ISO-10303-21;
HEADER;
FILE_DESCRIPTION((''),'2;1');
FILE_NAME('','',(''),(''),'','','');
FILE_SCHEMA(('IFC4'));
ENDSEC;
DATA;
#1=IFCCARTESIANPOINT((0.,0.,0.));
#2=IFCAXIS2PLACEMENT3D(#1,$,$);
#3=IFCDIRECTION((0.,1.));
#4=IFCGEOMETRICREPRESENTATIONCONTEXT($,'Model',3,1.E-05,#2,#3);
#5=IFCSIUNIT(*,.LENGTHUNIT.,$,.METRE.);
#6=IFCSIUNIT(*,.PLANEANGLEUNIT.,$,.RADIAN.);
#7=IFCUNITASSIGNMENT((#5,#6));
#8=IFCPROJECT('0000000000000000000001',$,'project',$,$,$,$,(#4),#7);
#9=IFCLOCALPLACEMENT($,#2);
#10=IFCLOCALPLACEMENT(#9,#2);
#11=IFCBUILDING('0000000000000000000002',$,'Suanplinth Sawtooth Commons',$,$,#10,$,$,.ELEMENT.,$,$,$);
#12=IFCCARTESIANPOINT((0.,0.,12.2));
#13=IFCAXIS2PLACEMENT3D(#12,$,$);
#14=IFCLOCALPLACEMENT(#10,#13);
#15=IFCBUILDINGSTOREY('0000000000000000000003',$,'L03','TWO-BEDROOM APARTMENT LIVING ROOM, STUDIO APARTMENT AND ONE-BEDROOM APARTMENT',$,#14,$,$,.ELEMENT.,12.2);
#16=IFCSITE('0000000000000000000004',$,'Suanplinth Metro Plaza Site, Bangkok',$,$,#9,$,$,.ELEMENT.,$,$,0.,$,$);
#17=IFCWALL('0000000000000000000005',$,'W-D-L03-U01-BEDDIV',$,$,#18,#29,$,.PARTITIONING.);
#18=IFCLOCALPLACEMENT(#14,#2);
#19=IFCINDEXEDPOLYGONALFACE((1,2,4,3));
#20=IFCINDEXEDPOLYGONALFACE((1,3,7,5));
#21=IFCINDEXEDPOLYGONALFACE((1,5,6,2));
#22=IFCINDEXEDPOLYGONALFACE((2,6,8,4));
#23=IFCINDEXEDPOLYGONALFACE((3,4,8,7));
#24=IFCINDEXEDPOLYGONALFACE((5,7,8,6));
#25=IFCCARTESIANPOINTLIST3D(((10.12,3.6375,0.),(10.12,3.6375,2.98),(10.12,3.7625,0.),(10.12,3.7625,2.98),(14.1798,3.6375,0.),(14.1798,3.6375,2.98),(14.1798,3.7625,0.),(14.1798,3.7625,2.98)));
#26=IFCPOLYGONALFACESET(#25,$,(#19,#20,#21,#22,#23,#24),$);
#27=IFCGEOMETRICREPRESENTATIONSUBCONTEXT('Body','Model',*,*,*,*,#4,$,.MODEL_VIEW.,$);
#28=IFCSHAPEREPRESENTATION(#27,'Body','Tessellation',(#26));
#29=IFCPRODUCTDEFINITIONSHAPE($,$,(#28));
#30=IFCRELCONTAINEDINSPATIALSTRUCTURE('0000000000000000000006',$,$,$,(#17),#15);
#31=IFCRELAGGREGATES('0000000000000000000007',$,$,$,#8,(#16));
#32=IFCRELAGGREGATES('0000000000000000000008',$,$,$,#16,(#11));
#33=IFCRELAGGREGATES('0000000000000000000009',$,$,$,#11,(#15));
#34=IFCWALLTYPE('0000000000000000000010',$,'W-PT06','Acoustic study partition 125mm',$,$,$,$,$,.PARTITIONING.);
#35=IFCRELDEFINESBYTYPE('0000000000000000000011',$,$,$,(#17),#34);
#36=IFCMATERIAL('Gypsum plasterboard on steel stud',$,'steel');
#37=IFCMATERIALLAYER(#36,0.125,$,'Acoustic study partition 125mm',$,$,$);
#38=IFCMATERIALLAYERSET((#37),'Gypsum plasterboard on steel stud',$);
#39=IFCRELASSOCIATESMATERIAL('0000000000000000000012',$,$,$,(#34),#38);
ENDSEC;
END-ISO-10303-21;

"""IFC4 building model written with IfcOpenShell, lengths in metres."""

from ifc_helpers import new_model, si_unit, direction, frame, frame_2d, origin, place, context, subcontext, project, spatial, rectangle, extrude, material, layer, layer_set, type_object, element, save


model = new_model("IFC4")

# Units and contexts
model_context = context("Model", 3, precision=1e-05, world=origin(), true_north=direction((0.0, 1.0)))
body_context = subcontext(model_context, "Body", "Model", "MODEL_VIEW")
ifc_project = project(units=[si_unit("LENGTHUNIT", "METRE"), si_unit("PLANEANGLEUNIT", "RADIAN")], contexts=[model_context])

# Site, building, storey
site_placement = place(None, origin())
site = spatial("IfcSite", under=ifc_project, at=site_placement, Name="Suanplinth Metro Plaza Site, Bangkok", CompositionType="ELEMENT", RefElevation=0.0)
building_placement = place(site_placement, origin())
building = spatial("IfcBuilding", under=site, at=building_placement, Name="Suanplinth Sawtooth Commons", CompositionType="ELEMENT")
storey_placement = place(building_placement, frame((0.0, 0.0, 12.2)))
storey = spatial("IfcBuildingStorey", under=building, at=storey_placement, Name="L03", Description="TWO-BEDROOM APARTMENT LIVING ROOM, STUDIO APARTMENT AND ONE-BEDROOM APARTMENT", CompositionType="ELEMENT", Elevation=12.2)

# Shared definitions
ifc_material_1 = material(Name="Gypsum plasterboard on steel stud", Category="steel")

# Wall
ifc_layer_1 = layer(ifc_material_1, 0.125, Name="Acoustic study partition 125mm")
ifc_layer_set_1 = layer_set([ifc_layer_1], Name="Gypsum plasterboard on steel stud")
wall_type_1 = type_object("IfcWallType", Name="W-PT06", Description="Acoustic study partition 125mm", PredefinedType="PARTITIONING", material=ifc_layer_set_1)
wall_1_placement = place(storey_placement, frame((10.1201, 3.7, 0.0), z_axis=(0.0, 0.0, 1.0), x_axis=(1.0, 0.0, 0.0)))
element("IfcWall", 1, at=wall_1_placement, inside=storey, type_object=wall_type_1, Name="W-D-L03-U01-BEDDIV", PredefinedType="PARTITIONING", context=body_context, shape_type="SweptSolid", body=[
    extrude(rectangle(XDim=4.0598, YDim=0.125, at=frame_2d((2.0298, 0.0))), origin(), (0.0, 0.0, 1.0), 2.98),
])

save(model, "model.ifc")
